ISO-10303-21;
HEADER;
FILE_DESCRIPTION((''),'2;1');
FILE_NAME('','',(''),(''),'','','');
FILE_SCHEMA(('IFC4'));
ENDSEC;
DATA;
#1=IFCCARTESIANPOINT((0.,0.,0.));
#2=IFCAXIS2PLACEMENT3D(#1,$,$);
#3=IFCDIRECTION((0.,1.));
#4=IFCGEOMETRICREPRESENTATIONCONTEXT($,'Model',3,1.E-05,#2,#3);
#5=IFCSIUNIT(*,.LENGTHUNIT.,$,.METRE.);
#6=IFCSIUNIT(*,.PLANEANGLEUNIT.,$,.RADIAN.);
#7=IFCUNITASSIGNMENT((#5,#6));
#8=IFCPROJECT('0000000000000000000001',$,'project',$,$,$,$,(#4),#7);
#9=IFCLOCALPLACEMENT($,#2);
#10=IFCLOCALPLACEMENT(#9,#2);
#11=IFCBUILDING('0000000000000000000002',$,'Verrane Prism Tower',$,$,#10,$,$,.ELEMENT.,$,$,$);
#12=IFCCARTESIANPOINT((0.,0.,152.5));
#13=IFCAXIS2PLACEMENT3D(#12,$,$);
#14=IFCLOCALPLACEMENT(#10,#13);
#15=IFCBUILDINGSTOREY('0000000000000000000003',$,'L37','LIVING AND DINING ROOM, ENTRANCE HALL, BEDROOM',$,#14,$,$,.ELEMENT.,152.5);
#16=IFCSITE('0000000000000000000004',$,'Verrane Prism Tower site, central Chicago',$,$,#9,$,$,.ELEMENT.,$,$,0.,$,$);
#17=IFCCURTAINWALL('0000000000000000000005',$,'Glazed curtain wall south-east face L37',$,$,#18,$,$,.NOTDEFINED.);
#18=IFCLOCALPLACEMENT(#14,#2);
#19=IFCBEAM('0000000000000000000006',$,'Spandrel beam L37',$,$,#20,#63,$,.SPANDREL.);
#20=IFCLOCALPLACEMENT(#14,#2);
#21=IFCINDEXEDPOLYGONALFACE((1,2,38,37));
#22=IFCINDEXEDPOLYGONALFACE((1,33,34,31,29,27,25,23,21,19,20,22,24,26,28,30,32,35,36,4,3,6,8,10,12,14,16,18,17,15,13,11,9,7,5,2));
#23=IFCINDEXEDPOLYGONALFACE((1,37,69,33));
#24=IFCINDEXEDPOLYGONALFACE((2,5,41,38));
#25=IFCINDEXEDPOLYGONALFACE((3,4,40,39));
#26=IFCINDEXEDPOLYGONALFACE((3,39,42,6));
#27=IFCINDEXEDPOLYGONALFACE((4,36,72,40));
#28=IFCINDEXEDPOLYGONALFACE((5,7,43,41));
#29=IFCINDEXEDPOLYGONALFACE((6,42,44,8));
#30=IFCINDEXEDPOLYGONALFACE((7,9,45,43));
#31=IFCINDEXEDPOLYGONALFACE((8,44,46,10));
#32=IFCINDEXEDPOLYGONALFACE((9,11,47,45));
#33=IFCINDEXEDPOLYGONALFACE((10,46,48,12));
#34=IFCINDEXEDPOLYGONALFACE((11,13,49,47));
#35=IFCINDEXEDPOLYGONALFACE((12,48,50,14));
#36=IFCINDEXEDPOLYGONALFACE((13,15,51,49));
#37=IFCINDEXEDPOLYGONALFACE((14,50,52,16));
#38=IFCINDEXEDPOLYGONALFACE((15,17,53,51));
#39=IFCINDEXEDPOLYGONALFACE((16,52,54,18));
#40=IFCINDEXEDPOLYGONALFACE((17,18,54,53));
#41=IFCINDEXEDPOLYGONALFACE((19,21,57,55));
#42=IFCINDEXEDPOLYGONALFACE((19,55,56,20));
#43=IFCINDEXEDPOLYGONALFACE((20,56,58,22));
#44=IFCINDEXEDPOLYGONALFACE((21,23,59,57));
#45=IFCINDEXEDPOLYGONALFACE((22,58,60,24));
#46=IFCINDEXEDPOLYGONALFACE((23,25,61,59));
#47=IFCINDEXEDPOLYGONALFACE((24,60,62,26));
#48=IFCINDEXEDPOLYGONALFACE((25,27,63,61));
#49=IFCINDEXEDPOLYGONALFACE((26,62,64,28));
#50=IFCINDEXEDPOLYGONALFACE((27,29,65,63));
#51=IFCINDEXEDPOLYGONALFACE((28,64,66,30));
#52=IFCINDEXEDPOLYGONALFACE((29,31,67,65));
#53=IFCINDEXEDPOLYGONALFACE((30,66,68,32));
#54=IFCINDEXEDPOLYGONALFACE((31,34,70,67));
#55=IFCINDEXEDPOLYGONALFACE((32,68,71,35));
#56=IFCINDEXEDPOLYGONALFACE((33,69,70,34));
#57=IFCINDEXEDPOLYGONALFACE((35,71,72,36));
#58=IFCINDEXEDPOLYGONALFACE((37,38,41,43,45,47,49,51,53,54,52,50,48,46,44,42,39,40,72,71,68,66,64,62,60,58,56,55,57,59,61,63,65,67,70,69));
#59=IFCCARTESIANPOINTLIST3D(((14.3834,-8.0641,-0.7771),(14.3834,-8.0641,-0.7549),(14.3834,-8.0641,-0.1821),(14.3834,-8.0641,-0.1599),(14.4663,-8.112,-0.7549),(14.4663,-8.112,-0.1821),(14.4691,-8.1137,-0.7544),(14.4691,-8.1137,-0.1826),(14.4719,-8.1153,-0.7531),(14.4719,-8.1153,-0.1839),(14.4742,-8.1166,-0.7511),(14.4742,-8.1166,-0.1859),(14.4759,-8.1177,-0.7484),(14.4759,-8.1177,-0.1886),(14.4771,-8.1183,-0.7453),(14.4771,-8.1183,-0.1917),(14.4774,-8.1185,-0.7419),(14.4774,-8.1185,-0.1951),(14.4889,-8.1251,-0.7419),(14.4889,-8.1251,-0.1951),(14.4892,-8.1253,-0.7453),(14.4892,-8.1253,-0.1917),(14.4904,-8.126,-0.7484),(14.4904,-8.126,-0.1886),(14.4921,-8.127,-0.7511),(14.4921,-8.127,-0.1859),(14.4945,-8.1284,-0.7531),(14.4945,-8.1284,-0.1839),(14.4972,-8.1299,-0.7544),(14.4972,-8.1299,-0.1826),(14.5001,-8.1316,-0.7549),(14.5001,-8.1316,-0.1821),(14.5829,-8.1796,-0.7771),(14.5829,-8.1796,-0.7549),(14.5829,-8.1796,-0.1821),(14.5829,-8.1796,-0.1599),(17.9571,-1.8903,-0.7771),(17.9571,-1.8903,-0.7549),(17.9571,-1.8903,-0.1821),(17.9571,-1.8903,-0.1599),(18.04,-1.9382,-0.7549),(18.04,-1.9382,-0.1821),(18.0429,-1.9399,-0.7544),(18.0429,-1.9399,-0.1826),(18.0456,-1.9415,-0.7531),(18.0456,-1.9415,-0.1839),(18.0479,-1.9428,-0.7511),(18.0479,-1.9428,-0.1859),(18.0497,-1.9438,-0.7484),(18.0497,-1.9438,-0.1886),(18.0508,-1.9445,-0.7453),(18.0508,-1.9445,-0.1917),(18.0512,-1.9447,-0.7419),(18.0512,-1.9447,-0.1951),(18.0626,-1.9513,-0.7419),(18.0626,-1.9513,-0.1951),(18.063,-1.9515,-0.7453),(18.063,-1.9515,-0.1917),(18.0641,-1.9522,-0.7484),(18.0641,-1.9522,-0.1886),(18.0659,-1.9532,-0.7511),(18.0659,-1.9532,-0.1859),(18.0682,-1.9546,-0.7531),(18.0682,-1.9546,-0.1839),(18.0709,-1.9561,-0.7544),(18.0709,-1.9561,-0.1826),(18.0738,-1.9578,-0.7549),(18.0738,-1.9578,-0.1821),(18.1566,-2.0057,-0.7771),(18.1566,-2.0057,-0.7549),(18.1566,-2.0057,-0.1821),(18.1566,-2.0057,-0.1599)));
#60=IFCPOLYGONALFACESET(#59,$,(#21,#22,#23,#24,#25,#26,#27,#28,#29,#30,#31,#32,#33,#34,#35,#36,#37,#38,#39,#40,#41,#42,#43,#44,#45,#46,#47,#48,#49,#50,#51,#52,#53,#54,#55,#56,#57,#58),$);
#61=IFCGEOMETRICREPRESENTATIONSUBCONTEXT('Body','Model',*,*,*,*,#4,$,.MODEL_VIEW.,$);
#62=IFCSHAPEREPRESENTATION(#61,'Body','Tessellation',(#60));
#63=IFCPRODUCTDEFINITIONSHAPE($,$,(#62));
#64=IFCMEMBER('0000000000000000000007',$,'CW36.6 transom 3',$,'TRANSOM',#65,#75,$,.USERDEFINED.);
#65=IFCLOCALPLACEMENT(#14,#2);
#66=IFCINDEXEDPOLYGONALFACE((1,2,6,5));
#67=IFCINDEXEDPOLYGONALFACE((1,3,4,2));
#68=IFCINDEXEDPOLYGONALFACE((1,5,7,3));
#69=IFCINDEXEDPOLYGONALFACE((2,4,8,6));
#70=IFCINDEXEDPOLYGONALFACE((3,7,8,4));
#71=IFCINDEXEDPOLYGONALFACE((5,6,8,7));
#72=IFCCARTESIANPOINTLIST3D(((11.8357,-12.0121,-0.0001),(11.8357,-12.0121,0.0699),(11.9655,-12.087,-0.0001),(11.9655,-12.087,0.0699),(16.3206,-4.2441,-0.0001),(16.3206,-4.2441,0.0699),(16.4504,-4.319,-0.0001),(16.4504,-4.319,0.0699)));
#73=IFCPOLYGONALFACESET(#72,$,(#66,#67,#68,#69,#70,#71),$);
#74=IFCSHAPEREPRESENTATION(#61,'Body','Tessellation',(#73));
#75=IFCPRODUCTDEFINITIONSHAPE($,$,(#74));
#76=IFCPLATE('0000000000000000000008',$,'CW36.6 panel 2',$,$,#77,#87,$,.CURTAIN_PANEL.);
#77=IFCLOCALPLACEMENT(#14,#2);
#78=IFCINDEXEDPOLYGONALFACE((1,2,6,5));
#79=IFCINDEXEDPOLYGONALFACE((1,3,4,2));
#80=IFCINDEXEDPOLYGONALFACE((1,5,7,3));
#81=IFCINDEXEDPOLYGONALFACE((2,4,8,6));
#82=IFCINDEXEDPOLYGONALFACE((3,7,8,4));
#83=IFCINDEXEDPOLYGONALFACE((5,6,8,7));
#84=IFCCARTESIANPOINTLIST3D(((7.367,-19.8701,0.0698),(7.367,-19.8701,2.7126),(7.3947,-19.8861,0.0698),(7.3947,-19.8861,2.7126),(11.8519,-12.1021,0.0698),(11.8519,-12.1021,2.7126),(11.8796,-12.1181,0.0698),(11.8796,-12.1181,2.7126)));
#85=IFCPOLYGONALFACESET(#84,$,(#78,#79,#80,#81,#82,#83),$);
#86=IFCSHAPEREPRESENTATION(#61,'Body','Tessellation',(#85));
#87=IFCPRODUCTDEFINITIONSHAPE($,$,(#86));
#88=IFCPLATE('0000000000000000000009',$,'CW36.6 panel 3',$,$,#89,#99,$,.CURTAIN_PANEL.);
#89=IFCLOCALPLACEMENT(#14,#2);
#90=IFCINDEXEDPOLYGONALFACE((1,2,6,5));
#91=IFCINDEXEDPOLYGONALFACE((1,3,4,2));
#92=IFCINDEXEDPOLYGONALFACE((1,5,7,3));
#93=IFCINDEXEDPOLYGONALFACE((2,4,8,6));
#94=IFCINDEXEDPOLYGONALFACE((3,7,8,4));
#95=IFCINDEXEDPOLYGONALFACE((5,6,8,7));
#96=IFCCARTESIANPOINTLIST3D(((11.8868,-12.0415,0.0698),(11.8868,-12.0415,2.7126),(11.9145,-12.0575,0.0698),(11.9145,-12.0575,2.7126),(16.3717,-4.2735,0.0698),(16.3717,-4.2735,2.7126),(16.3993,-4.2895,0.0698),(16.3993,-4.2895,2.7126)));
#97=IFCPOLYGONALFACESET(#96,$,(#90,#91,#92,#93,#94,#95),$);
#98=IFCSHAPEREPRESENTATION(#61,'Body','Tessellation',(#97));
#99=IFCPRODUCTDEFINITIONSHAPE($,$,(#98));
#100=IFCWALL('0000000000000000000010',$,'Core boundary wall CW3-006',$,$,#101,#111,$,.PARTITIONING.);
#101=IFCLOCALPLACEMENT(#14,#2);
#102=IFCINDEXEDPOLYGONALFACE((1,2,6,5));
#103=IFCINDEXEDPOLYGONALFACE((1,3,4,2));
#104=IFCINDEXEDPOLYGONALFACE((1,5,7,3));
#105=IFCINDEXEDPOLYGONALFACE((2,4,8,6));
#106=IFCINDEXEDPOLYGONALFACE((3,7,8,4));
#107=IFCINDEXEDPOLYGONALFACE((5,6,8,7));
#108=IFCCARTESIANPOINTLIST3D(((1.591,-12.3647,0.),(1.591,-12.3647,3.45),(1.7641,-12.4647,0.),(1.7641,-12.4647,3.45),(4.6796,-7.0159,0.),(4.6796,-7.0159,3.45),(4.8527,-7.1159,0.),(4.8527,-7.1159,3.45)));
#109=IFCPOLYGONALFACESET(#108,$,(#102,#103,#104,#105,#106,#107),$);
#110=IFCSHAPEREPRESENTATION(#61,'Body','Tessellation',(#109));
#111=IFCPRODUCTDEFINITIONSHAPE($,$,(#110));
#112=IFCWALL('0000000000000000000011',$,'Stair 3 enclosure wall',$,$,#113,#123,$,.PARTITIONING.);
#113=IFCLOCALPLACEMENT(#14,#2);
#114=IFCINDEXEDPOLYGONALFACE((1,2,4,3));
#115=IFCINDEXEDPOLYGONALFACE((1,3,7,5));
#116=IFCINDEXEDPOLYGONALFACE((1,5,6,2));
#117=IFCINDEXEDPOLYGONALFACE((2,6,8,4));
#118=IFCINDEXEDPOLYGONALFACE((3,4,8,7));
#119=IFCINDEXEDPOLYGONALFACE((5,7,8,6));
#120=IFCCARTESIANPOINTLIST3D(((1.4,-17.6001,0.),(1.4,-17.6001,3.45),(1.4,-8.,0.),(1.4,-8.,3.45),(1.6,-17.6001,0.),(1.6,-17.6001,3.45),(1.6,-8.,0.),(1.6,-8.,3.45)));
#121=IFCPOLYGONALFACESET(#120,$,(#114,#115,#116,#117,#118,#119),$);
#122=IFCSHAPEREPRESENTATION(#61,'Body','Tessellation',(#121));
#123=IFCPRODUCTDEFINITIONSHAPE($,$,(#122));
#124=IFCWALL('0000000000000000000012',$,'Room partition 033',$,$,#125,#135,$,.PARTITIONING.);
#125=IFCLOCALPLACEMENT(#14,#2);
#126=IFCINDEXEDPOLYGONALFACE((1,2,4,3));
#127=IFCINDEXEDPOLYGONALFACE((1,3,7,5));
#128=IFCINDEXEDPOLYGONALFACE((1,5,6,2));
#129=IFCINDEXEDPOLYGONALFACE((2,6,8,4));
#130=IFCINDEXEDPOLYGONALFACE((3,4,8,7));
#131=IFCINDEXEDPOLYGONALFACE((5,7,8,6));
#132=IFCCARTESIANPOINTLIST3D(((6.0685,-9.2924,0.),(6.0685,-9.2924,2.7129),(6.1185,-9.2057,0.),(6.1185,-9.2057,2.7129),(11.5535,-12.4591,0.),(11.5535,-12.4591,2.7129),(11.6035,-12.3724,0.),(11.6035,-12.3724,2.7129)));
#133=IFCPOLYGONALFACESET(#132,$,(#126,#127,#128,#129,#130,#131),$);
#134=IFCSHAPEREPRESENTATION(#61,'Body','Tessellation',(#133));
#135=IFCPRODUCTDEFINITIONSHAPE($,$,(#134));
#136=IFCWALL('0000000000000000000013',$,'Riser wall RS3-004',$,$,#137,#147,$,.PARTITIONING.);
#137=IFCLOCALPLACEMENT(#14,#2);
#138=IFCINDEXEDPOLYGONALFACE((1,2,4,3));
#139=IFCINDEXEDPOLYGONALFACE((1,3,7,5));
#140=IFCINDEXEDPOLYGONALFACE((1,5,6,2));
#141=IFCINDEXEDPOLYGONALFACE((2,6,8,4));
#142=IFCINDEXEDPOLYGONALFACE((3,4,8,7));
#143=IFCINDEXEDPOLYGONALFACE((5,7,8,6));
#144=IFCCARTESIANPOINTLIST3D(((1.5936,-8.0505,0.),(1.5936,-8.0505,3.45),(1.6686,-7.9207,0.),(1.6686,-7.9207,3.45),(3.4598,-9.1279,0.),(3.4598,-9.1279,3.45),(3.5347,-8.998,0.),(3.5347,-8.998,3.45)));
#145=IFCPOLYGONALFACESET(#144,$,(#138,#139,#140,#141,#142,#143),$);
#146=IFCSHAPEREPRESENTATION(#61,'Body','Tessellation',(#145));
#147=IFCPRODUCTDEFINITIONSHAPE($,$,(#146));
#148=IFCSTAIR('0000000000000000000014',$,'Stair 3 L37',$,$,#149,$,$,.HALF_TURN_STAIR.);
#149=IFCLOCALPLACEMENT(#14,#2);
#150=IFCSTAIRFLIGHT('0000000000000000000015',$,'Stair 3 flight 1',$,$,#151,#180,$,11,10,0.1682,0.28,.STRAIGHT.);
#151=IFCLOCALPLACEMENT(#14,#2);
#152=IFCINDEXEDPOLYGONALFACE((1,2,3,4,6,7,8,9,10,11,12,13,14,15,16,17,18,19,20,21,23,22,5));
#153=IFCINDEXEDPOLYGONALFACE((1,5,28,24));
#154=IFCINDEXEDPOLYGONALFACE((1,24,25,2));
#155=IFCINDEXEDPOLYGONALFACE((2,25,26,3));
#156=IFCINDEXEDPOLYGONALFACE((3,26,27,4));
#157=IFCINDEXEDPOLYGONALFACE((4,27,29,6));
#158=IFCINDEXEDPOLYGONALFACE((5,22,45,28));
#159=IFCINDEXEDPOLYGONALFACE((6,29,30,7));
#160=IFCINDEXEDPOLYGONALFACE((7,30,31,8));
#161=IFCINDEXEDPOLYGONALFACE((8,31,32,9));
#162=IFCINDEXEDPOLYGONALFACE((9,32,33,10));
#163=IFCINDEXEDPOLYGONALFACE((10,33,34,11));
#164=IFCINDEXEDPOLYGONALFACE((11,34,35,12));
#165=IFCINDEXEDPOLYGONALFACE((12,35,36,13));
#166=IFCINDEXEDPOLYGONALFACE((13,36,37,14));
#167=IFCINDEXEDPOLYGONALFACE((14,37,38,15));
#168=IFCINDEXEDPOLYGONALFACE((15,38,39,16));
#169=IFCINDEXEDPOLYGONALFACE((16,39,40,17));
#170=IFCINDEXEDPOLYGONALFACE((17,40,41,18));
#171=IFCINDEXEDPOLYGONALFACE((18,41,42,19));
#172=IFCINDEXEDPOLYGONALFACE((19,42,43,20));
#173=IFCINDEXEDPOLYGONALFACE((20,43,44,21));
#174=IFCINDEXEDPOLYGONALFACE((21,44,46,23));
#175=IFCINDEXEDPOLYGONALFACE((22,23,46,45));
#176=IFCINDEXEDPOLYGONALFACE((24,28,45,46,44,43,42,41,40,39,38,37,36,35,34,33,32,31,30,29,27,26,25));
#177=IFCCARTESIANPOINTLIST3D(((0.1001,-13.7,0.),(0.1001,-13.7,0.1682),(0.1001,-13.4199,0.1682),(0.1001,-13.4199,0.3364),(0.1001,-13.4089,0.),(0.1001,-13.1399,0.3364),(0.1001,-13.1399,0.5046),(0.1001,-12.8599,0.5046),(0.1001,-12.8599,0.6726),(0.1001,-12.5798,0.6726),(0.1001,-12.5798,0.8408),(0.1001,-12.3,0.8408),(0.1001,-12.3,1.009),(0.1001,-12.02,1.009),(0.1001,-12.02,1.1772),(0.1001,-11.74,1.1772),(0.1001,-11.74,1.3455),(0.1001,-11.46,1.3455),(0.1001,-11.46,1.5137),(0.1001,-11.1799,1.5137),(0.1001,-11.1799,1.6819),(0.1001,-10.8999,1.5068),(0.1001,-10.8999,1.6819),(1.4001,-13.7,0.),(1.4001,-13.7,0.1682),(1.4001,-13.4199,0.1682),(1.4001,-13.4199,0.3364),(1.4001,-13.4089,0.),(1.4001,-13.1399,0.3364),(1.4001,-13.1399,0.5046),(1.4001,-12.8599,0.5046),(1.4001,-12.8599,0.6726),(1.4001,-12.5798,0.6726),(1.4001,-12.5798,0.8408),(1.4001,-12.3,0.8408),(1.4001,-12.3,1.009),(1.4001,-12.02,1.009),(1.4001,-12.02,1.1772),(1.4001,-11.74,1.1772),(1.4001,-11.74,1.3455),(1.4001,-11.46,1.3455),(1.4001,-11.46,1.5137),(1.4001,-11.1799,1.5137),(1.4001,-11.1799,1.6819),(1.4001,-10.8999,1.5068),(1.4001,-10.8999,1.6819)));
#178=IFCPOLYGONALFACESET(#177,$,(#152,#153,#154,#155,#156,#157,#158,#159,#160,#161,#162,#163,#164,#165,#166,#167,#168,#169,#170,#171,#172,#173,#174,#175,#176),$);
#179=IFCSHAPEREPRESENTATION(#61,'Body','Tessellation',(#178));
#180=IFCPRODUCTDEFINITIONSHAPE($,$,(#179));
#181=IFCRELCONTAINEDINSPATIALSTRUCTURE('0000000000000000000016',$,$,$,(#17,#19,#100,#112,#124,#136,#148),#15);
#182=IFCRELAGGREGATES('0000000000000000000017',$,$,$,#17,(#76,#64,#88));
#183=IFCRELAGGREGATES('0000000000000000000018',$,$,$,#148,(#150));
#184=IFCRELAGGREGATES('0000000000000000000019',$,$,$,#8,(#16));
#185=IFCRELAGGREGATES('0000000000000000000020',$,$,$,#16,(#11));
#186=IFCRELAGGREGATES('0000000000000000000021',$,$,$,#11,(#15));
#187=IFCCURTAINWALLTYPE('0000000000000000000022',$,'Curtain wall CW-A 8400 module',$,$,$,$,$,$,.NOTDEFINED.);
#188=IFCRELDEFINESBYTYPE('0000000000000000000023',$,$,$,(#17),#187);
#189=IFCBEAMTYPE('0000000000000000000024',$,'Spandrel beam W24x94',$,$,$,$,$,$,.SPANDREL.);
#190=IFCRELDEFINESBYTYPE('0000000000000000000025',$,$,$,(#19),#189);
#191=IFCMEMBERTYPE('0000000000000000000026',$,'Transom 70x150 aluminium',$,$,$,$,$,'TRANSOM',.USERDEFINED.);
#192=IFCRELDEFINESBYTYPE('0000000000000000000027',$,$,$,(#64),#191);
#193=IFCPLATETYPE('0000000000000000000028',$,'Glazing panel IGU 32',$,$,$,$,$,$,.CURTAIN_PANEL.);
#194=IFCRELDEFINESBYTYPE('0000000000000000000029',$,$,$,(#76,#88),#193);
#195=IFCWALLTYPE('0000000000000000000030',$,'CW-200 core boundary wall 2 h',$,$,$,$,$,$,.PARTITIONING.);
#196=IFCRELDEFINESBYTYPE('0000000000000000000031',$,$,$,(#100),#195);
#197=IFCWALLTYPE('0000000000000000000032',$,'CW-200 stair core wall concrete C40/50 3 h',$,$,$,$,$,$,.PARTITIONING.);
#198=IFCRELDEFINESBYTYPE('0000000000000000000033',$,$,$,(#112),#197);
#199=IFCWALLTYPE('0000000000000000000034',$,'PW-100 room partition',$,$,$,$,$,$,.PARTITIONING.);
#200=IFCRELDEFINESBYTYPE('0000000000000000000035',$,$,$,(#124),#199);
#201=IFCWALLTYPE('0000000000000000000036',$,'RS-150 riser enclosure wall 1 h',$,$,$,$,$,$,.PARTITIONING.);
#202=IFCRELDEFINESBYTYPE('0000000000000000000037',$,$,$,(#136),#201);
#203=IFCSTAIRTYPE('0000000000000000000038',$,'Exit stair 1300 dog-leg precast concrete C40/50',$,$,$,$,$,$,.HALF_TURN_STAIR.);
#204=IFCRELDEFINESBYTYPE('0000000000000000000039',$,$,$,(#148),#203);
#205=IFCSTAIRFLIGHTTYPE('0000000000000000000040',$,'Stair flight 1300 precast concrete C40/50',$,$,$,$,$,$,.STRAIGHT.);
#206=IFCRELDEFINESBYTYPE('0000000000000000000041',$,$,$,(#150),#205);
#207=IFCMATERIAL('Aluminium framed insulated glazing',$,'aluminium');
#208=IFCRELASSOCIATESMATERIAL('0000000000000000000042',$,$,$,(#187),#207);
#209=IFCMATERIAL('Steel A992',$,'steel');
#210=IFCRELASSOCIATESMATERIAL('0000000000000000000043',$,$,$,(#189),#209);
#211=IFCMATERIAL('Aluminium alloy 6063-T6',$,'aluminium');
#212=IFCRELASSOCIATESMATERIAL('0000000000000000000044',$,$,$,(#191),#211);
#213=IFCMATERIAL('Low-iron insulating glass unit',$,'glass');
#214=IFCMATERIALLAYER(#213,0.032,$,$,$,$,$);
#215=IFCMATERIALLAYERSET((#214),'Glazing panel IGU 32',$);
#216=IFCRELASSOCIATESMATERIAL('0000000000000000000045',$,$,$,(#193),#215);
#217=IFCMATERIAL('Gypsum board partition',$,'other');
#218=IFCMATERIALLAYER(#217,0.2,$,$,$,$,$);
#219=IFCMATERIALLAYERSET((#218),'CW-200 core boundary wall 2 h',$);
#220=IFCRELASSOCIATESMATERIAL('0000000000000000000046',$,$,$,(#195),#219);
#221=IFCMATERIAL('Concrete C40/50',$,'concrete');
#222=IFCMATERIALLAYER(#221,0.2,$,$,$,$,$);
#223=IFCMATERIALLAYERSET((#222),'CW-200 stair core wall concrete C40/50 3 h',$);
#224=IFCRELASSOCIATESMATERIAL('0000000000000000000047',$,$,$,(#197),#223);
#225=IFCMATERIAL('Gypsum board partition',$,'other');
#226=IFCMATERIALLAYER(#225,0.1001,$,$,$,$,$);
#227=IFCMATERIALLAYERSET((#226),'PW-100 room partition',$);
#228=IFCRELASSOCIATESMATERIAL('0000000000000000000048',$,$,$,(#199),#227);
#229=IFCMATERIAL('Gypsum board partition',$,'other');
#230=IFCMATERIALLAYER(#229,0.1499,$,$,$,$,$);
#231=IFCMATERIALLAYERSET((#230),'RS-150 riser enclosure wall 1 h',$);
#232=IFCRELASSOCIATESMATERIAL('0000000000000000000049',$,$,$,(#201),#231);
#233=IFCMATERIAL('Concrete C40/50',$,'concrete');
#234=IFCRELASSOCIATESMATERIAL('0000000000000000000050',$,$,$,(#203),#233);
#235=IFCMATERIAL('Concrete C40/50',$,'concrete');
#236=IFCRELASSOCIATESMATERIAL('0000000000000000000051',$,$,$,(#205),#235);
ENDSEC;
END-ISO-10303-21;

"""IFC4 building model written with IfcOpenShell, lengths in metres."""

from ifc_helpers import new_model, si_unit, direction, frame, frame_2d, origin, origin_2d, place, context, subcontext, project, spatial, polyline, rectangle, i_section, outline, extrude, material, layer, layer_set, material_profile, profile_set, type_object, element, aggregate, save


model = new_model("IFC4")

# Units and contexts
model_context = context("Model", 3, precision=1e-05, world=origin(), true_north=direction((0.0, 1.0)))
body_context = subcontext(model_context, "Body", "Model", "MODEL_VIEW")
ifc_project = project(units=[si_unit("LENGTHUNIT", "METRE"), si_unit("PLANEANGLEUNIT", "RADIAN")], contexts=[model_context])

# Site, building, storey
site_placement = place(None, origin())
site = spatial("IfcSite", under=ifc_project, at=site_placement, Name="Verrane Prism Tower site, central Chicago", CompositionType="ELEMENT", RefElevation=0.0)
building_placement = place(site_placement, origin())
building = spatial("IfcBuilding", under=site, at=building_placement, Name="Verrane Prism Tower", CompositionType="ELEMENT")
storey_placement = place(building_placement, frame((0.0, 0.0, 152.5)))
storey = spatial("IfcBuildingStorey", under=building, at=storey_placement, Name="L37", Description="LIVING AND DINING ROOM, ENTRANCE HALL, BEDROOM", CompositionType="ELEMENT", Elevation=152.5)

# Curtain wall
ifc_material_1 = material(Name="Aluminium framed insulated glazing", Category="aluminium")
curtain_wall_type = type_object("IfcCurtainWallType", Name="Curtain wall CW-A 8400 module", PredefinedType="NOTDEFINED", material=ifc_material_1)
curtain_wall_placement = place(storey_placement, origin())
curtain_wall = element("IfcCurtainWall", 1, at=curtain_wall_placement, inside=storey, type_object=curtain_wall_type, Name="Glazed curtain wall south-east face L37", PredefinedType="NOTDEFINED")

# Beam
ifc_material_2 = material(Name="Steel A992", Category="steel")
ifc_material_profile_1 = material_profile(ifc_material_2, i_section(OverallWidth=0.2305, OverallDepth=0.6172, WebThickness=0.0132, FlangeThickness=0.0222, FilletRadius=0.0129, at=origin_2d()), Name="W24x94")
ifc_profile_set_1 = profile_set([ifc_material_profile_1], Name="Steel A992")
beam_type_1 = type_object("IfcBeamType", Name="Spandrel beam W24x94", PredefinedType="SPANDREL", material=ifc_profile_set_1)
beam_1_placement = place(storey_placement, frame((14.4832, -8.1218, -0.4685), z_axis=(0.500974, 0.865462, 0.0), x_axis=(-0.865462, 0.500974, 0.0)))
element("IfcBeam", 2, at=beam_1_placement, inside=storey, type_object=beam_type_1, Name="Spandrel beam L37", PredefinedType="SPANDREL", context=body_context, shape_type="SweptSolid", body=[
    extrude(i_section(OverallWidth=0.2305, OverallDepth=0.6172, WebThickness=0.0132, FlangeThickness=0.0222, FilletRadius=0.0129, at=origin_2d()), origin(), (0.0, 0.0, 1.0), 7.1335),
])

# Member
ifc_material_3 = material(Name="Aluminium alloy 6063-T6", Category="aluminium")
ifc_material_profile_2 = material_profile(ifc_material_3, rectangle(XDim=0.1499, YDim=0.0701, at=origin_2d()), Name="Transom 70x150 aluminium")
ifc_profile_set_2 = profile_set([ifc_material_profile_2], Name="Aluminium alloy 6063-T6")
member_type_1 = type_object("IfcMemberType", Name="Transom 70x150 aluminium", ElementType="TRANSOM", PredefinedType="USERDEFINED", material=ifc_profile_set_2)
member_1_placement = place(storey_placement, frame((11.9006, -12.0496, 0.0349), z_axis=(0.499997, 0.866027, 0.0), x_axis=(-0.866027, 0.499997, 0.0)))
member_1 = element("IfcMember", 3, at=member_1_placement, type_object=member_type_1, Name="CW36.6 transom 3", ObjectType="TRANSOM", PredefinedType="USERDEFINED", context=body_context, shape_type="SweptSolid", body=[
    extrude(rectangle(XDim=0.1499, YDim=0.0701, at=origin_2d()), origin(), (0.0, 0.0, 1.0), 8.9697),
])

# Plates
ifc_material_4 = material(Name="Low-iron insulating glass unit", Category="glass")
ifc_layer_1 = layer(ifc_material_4, 0.032)
ifc_layer_set_1 = layer_set([ifc_layer_1], Name="Glazing panel IGU 32")
plate_type = type_object("IfcPlateType", Name="Glazing panel IGU 32", PredefinedType="CURTAIN_PANEL", material=ifc_layer_set_1)
plate_1_placement = place(storey_placement, frame((9.6233, -15.9941, 0.0698), z_axis=(0.0, 0.0, 1.0), x_axis=(0.500001, 0.866025, 0.0)))
plate_1 = element("IfcPlate", 4, at=plate_1_placement, type_object=plate_type, Name="CW36.6 panel 2", PredefinedType="CURTAIN_PANEL", context=body_context, shape_type="SweptSolid", body=[
    extrude(rectangle(XDim=8.9697, YDim=0.032, at=origin_2d()), origin(), (0.0, 0.0, 1.0), 2.6428),
])
plate_2_placement = place(storey_placement, frame((14.1431, -8.1655, 0.0698), z_axis=(0.0, 0.0, 1.0), x_axis=(0.500001, 0.866025, 0.0)))
plate_2 = element("IfcPlate", 5, at=plate_2_placement, type_object=plate_type, Name="CW36.6 panel 3", PredefinedType="CURTAIN_PANEL", context=body_context, shape_type="SweptSolid", body=[
    extrude(rectangle(XDim=8.9697, YDim=0.032, at=origin_2d()), origin(), (0.0, 0.0, 1.0), 2.6428),
])
aggregate(curtain_wall, [plate_1, member_1, plate_2])

# Walls
ifc_material_5 = material(Name="Gypsum board partition", Category="other")
ifc_layer_2 = layer(ifc_material_5, 0.2)
ifc_layer_set_2 = layer_set([ifc_layer_2], Name="CW-200 core boundary wall 2 h")
wall_type_1 = type_object("IfcWallType", Name="CW-200 core boundary wall 2 h", PredefinedType="PARTITIONING", material=ifc_layer_set_2)
wall_1_placement = place(storey_placement, frame((1.6775, -12.4148, 0.0), z_axis=(0.0, 0.0, 1.0), x_axis=(0.500054, 0.865994, 0.0)))
element("IfcWall", 6, at=wall_1_placement, inside=storey, type_object=wall_type_1, Name="Core boundary wall CW3-006", PredefinedType="PARTITIONING", context=body_context, shape_type="SweptSolid", body=[
    extrude(rectangle(XDim=6.1765, YDim=0.2, at=frame_2d((3.0884, 0.0))), origin(), (0.0, 0.0, 1.0), 3.45),
])
ifc_material_6 = material(Name="Concrete C40/50", Category="concrete")
ifc_layer_3 = layer(ifc_material_6, 0.2)
ifc_layer_set_3 = layer_set([ifc_layer_3], Name="CW-200 stair core wall concrete C40/50 3 h")
wall_type_2 = type_object("IfcWallType", Name="CW-200 stair core wall concrete C40/50 3 h", PredefinedType="PARTITIONING", material=ifc_layer_set_3)
wall_2_placement = place(storey_placement, frame((1.5, -8.0, 0.0), z_axis=(0.0, 0.0, 1.0), x_axis=(0.0, -1.0, 0.0)))
element("IfcWall", 7, at=wall_2_placement, inside=storey, type_object=wall_type_2, Name="Stair 3 enclosure wall", PredefinedType="PARTITIONING", context=body_context, shape_type="SweptSolid", body=[
    extrude(rectangle(XDim=9.6001, YDim=0.2, at=frame_2d((4.8, 0.0))), origin(), (0.0, 0.0, 1.0), 3.45),
])
ifc_material_7 = material(Name="Gypsum board partition", Category="other")
ifc_layer_4 = layer(ifc_material_7, 0.1001)
ifc_layer_set_4 = layer_set([ifc_layer_4], Name="PW-100 room partition")
wall_type_3 = type_object("IfcWallType", Name="PW-100 room partition", PredefinedType="PARTITIONING", material=ifc_layer_set_4)
wall_3_placement = place(storey_placement, frame((6.0935, -9.249, 0.0), z_axis=(0.0, 0.0, 1.0), x_axis=(0.866031, -0.499991, 0.0)))
element("IfcWall", 8, at=wall_3_placement, inside=storey, type_object=wall_type_3, Name="Room partition 033", PredefinedType="PARTITIONING", context=body_context, shape_type="SweptSolid", body=[
    extrude(rectangle(XDim=6.3335, YDim=0.1001, at=frame_2d((3.1667, 0.0))), origin(), (0.0, 0.0, 1.0), 2.7129),
])
ifc_material_8 = material(Name="Gypsum board partition", Category="other")
ifc_layer_5 = layer(ifc_material_8, 0.1499)
ifc_layer_set_5 = layer_set([ifc_layer_5], Name="RS-150 riser enclosure wall 1 h")
wall_type_4 = type_object("IfcWallType", Name="RS-150 riser enclosure wall 1 h", PredefinedType="PARTITIONING", material=ifc_layer_set_5)
wall_4_placement = place(storey_placement, frame((1.6311, -7.9856, 0.0), z_axis=(0.0, 0.0, 1.0), x_axis=(0.866038, -0.499977, 0.0)))
element("IfcWall", 9, at=wall_4_placement, inside=storey, type_object=wall_type_4, Name="Riser wall RS3-004", PredefinedType="PARTITIONING", context=body_context, shape_type="SweptSolid", body=[
    extrude(rectangle(XDim=2.1548, YDim=0.1499, at=frame_2d((1.0774, 0.0))), origin(), (0.0, 0.0, 1.0), 3.45),
])

# Stair, stair flight
ifc_material_9 = material(Name="Concrete C40/50", Category="concrete")
stair_type = type_object("IfcStairType", Name="Exit stair 1300 dog-leg precast concrete C40/50", PredefinedType="HALF_TURN_STAIR", material=ifc_material_9)
stair_placement = place(storey_placement, origin())
stair = element("IfcStair", 10, at=stair_placement, inside=storey, type_object=stair_type, Name="Stair 3 L37", PredefinedType="HALF_TURN_STAIR")
ifc_material_10 = material(Name="Concrete C40/50", Category="concrete")
stair_flight_type = type_object("IfcStairFlightType", Name="Stair flight 1300 precast concrete C40/50", PredefinedType="STRAIGHT", material=ifc_material_10)
stair_flight_placement = place(storey_placement, frame((0.75, -13.7, 0.0), z_axis=(0.0, 0.0, 1.0), x_axis=(0.0, 1.0, 0.0)))
stair_flight = element("IfcStairFlight", 11, at=stair_flight_placement, type_object=stair_flight_type, Name="Stair 3 flight 1", NumberOfRisers=11, NumberOfTreads=10, PredefinedType="STRAIGHT", RiserHeight=0.1682, TreadLength=0.28, context=body_context, shape_type="SweptSolid", body=[
    extrude(outline(polyline([(0.0, 0.0), (0.0, 0.1682), (0.28, 0.1682), (0.28, 0.3364), (0.5601, 0.3364), (0.5601, 0.5046), (0.8401, 0.5046), (0.8401, 0.6726), (1.1201, 0.6726), (1.1201, 0.8408), (1.3999, 0.8408), (1.3999, 1.009), (1.6799, 1.009), (1.6799, 1.1772), (1.96, 1.1772), (1.96, 1.3455), (2.24, 1.3455), (2.24, 1.5137), (2.52, 1.5137), (2.52, 1.6819), (2.8, 1.6819), (2.8, 1.8501), (2.8, 1.5068), (0.291, 0.0), (0.0, 0.0)])), frame((0.0, 0.6499, 0.0), z_axis=(0.0, -1.0, 0.0), x_axis=(1.0, 0.0, 0.0)), (0.0, 0.0, 1.0), 1.3),
])
aggregate(stair, [stair_flight])

save(model, "model.ifc")
